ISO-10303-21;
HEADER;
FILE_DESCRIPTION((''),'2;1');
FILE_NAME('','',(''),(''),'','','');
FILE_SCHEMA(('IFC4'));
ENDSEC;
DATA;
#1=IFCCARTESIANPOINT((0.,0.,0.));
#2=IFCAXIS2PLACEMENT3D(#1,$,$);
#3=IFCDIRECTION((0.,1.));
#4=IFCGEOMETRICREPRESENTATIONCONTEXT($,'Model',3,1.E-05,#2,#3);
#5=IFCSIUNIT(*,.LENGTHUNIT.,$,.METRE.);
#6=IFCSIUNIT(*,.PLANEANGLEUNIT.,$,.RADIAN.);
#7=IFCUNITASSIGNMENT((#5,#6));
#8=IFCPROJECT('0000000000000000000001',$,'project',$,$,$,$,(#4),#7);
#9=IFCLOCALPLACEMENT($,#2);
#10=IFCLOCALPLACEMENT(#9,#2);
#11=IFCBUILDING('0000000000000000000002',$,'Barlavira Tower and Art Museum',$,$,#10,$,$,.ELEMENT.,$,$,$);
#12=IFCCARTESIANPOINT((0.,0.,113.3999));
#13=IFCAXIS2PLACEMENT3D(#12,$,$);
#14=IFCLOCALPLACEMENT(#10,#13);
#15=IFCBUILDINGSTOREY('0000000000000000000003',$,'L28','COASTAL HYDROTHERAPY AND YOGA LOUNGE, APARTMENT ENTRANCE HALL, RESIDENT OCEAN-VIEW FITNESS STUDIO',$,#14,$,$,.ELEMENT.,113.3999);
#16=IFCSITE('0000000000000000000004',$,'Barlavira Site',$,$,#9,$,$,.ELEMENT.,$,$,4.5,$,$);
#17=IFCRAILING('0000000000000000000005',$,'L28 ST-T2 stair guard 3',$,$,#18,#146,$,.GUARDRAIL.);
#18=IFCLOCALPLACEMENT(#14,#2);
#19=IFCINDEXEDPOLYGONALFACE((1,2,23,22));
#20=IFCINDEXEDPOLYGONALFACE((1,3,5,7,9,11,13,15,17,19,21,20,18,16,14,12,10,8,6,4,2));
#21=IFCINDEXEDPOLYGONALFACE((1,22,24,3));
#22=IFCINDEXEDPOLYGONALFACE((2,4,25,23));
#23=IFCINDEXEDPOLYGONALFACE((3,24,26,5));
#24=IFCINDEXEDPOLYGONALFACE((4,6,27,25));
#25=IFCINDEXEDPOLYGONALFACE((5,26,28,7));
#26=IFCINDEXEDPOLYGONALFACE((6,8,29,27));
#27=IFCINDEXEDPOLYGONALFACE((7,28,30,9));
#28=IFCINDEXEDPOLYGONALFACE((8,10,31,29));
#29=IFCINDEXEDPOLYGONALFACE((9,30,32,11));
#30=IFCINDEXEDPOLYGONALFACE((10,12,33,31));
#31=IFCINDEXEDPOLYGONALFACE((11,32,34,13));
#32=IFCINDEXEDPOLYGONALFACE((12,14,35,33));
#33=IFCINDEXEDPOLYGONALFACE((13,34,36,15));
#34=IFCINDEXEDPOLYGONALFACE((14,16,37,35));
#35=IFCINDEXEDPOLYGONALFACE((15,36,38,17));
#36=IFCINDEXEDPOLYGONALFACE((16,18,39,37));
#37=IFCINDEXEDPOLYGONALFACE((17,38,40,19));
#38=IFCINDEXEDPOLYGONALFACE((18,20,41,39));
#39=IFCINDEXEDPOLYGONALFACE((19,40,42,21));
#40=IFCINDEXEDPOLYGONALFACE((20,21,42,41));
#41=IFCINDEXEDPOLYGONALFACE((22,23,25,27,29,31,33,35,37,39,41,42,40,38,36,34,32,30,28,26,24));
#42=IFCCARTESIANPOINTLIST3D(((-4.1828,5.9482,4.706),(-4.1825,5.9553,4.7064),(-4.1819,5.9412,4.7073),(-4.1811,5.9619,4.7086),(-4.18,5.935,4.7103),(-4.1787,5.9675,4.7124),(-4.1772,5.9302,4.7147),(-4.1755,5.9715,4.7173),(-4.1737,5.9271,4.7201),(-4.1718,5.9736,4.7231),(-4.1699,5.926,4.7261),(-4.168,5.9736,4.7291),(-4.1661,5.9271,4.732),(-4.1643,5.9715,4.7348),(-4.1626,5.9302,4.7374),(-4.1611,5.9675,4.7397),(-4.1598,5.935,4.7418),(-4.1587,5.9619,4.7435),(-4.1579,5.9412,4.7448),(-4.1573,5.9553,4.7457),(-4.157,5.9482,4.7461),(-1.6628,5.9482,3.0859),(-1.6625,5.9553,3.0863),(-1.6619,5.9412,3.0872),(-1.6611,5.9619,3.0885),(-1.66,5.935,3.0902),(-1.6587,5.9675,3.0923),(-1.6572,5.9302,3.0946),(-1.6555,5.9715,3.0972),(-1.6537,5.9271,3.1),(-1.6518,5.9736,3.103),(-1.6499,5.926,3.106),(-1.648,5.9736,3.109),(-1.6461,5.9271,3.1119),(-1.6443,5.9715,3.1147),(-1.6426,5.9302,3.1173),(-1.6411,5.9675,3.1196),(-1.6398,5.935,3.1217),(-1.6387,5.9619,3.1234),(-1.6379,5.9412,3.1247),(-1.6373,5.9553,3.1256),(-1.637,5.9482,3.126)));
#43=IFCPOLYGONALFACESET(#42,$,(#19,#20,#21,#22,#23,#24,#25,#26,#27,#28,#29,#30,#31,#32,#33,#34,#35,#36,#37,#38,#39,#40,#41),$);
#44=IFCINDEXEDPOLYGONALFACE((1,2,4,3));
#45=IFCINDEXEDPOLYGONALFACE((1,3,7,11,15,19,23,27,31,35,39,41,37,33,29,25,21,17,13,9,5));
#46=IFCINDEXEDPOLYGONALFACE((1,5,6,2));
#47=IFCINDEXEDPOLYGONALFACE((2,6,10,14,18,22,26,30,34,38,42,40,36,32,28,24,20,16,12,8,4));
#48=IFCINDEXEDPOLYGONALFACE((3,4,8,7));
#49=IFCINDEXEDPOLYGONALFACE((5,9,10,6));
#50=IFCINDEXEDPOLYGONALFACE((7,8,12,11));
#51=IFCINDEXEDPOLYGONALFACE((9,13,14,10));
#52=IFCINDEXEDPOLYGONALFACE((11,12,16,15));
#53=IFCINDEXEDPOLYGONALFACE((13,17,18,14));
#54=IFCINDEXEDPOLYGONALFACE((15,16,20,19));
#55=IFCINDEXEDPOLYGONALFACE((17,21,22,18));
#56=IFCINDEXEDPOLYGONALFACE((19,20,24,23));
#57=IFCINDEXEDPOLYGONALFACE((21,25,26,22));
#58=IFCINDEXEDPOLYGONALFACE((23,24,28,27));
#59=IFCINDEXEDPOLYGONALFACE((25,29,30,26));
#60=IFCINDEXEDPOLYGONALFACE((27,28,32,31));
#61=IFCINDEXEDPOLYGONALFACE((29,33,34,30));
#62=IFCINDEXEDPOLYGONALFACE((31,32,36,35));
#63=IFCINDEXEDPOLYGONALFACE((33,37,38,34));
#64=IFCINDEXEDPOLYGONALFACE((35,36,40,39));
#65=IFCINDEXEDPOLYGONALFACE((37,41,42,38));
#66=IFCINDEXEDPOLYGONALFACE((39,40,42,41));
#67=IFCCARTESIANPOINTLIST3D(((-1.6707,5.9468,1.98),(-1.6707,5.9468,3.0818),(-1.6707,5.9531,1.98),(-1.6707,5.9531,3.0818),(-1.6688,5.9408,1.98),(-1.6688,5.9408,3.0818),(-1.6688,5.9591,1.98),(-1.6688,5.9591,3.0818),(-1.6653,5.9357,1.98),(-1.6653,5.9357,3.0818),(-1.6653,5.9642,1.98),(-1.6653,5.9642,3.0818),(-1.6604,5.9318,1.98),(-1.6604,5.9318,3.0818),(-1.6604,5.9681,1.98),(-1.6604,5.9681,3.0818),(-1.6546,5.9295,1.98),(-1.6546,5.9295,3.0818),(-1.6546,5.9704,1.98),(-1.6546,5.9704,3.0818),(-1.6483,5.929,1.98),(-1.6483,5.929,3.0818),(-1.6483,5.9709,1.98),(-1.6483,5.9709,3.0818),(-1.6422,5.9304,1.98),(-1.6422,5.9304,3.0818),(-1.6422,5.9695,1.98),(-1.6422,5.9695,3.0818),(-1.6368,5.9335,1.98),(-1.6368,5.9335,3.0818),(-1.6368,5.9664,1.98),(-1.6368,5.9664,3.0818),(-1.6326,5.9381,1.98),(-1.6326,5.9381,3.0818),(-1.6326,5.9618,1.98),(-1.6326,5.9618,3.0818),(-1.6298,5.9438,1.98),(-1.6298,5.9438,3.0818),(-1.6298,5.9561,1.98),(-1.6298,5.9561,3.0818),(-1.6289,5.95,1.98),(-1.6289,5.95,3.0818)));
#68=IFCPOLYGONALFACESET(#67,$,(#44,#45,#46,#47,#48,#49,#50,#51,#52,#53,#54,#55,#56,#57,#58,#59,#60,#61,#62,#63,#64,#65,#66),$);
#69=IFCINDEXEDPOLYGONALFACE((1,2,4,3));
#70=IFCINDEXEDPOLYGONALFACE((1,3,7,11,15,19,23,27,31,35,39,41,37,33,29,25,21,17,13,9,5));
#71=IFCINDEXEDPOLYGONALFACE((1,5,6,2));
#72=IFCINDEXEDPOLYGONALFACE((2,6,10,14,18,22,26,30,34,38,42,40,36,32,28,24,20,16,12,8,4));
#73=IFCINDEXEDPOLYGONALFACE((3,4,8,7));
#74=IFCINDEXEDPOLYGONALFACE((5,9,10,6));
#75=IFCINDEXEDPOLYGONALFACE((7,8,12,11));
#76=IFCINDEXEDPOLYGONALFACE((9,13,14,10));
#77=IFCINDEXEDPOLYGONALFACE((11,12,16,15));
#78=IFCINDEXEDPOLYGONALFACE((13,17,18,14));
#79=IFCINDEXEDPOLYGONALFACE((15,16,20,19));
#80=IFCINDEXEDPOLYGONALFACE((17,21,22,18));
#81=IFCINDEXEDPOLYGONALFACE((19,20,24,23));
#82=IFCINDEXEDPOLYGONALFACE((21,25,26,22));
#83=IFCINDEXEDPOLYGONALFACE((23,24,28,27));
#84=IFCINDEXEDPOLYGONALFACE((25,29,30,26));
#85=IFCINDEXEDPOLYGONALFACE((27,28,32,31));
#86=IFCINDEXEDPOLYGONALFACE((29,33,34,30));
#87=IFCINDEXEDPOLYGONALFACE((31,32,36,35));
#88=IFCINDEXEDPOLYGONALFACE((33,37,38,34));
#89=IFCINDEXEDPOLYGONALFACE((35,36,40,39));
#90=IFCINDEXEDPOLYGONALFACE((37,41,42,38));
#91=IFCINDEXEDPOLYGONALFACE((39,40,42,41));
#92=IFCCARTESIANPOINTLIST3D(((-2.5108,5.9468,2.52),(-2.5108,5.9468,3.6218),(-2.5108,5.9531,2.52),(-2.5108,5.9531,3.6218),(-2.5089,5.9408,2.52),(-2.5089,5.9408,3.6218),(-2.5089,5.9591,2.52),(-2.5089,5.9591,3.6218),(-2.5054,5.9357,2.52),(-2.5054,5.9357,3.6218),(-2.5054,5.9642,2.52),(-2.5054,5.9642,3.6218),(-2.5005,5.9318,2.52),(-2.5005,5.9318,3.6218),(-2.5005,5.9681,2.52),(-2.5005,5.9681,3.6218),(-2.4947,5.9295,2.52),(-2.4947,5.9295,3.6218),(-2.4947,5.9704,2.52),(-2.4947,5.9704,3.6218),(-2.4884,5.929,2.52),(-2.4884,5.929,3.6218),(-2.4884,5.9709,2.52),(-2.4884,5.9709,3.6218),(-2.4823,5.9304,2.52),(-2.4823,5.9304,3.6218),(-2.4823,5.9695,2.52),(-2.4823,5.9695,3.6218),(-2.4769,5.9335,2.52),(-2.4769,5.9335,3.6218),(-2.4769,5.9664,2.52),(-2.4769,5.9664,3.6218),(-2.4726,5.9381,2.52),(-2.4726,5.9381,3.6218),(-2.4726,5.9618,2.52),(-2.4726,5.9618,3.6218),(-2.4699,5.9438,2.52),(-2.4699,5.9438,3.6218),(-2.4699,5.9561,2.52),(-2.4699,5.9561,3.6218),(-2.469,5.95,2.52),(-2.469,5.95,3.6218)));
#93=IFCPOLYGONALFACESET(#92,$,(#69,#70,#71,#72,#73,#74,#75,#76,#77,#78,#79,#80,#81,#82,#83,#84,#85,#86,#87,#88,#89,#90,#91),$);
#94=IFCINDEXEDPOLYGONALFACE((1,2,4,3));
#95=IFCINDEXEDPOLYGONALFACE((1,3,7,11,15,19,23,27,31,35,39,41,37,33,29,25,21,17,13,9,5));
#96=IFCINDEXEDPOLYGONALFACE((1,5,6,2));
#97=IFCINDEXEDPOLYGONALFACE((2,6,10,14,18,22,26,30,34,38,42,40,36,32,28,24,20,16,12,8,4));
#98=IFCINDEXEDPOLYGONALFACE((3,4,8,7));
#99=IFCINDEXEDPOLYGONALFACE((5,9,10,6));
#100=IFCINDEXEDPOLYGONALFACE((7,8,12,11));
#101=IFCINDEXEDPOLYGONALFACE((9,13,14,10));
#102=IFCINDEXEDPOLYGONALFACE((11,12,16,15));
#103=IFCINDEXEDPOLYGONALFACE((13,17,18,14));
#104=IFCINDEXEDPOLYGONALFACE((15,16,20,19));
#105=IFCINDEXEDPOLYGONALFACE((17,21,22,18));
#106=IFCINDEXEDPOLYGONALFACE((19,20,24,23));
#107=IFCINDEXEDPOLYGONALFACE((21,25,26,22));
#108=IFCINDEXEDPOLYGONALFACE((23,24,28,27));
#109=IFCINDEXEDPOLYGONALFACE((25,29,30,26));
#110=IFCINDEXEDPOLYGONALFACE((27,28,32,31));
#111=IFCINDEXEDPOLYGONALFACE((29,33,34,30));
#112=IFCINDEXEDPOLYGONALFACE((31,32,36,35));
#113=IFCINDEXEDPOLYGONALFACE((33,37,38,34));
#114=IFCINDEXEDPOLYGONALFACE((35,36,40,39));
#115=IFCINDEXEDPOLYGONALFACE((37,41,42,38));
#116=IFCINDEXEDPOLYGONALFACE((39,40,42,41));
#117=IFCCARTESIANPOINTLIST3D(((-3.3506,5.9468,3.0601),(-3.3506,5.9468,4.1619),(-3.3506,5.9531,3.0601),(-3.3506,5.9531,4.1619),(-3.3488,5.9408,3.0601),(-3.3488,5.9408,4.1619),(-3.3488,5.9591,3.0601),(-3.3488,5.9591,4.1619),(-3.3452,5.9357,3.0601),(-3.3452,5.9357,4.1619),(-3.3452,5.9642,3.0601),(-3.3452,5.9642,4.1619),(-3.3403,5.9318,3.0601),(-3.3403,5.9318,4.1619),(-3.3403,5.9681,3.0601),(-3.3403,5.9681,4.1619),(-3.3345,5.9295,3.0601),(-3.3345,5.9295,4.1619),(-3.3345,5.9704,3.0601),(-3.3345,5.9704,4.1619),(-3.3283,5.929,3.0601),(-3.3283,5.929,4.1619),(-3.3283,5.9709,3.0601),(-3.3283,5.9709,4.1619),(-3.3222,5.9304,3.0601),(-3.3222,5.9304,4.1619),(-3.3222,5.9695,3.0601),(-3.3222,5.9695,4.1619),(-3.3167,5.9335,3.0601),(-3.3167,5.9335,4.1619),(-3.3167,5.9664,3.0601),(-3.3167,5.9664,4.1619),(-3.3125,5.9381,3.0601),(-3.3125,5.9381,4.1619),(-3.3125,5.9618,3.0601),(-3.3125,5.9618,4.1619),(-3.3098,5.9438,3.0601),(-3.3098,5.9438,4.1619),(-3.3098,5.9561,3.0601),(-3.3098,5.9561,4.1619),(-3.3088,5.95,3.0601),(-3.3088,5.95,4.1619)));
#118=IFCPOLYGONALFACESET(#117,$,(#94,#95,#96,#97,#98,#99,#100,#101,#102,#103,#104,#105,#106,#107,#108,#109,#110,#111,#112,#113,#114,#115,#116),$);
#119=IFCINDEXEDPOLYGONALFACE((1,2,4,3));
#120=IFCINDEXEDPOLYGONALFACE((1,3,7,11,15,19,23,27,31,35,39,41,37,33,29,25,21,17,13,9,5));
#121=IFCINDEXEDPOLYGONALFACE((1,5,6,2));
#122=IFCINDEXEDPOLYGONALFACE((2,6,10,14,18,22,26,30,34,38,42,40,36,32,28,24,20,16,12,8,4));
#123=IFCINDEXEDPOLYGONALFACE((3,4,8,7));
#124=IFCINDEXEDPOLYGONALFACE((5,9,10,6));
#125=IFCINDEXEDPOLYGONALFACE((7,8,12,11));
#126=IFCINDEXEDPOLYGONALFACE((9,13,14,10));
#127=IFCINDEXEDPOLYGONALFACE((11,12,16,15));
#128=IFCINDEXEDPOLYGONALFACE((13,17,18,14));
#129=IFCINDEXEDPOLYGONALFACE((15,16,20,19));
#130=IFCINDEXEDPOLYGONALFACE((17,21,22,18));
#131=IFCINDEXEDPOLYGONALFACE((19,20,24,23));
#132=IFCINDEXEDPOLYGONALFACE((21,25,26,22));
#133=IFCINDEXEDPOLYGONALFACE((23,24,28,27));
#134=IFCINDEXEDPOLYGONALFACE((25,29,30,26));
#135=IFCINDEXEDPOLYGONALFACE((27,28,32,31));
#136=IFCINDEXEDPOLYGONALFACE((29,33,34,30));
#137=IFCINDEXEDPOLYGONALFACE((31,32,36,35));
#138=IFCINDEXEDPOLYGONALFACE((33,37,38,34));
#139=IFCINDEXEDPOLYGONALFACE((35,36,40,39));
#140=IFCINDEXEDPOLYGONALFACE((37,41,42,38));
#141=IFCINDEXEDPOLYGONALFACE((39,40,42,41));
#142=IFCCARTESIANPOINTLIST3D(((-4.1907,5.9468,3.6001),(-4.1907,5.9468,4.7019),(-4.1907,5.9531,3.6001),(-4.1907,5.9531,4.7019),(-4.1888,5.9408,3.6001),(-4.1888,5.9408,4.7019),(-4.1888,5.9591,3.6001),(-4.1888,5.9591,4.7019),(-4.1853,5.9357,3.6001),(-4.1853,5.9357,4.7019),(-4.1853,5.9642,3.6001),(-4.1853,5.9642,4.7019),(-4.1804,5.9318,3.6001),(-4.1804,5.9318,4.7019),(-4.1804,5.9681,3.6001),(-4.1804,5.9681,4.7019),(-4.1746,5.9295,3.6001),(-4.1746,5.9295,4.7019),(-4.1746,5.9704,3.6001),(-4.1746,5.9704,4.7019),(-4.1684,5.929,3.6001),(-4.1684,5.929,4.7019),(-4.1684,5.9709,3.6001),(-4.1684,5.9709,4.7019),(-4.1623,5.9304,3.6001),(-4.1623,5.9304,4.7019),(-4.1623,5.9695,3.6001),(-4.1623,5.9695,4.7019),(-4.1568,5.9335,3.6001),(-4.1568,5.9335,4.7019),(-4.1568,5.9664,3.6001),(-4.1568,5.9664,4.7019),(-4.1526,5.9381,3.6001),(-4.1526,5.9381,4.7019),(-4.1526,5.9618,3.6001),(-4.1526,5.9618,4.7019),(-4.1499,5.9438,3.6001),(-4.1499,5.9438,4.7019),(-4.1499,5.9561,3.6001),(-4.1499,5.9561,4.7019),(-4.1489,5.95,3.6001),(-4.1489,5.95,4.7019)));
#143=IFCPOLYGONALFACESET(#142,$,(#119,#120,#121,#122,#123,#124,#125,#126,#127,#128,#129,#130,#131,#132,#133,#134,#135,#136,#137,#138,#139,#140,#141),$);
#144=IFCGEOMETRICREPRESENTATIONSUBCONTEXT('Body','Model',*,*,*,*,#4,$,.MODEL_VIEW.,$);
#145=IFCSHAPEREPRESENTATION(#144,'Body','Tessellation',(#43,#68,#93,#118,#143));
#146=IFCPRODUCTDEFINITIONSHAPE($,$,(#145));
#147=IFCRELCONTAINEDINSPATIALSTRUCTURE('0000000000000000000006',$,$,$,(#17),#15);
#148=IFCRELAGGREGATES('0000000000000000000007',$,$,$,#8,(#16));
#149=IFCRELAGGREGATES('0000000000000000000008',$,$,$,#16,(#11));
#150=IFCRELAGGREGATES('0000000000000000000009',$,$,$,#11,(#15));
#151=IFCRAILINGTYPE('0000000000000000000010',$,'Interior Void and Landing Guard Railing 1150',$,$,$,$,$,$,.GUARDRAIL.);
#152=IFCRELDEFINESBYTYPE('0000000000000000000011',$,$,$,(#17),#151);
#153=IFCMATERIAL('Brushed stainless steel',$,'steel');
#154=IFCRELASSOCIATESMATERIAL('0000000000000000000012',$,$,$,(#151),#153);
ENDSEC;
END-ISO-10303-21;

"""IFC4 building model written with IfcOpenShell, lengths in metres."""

from ifc_helpers import new_model, si_unit, direction, frame, origin, origin_2d, place, context, subcontext, project, spatial, circle, extrude, material, type_object, element, save


model = new_model("IFC4")

# Units and contexts
model_context = context("Model", 3, precision=1e-05, world=origin(), true_north=direction((0.0, 1.0)))
body_context = subcontext(model_context, "Body", "Model", "MODEL_VIEW")
ifc_project = project(units=[si_unit("LENGTHUNIT", "METRE"), si_unit("PLANEANGLEUNIT", "RADIAN")], contexts=[model_context])

# Site, building, storey
site_placement = place(None, origin())
site = spatial("IfcSite", under=ifc_project, at=site_placement, Name="Barlavira Site", CompositionType="ELEMENT", RefElevation=4.5)
building_placement = place(site_placement, origin())
building = spatial("IfcBuilding", under=site, at=building_placement, Name="Barlavira Tower and Art Museum", CompositionType="ELEMENT")
storey_placement = place(building_placement, frame((0.0, 0.0, 113.3999)))
storey = spatial("IfcBuildingStorey", under=building, at=storey_placement, Name="L28", Description="COASTAL HYDROTHERAPY AND YOGA LOUNGE, APARTMENT ENTRANCE HALL, RESIDENT OCEAN-VIEW FITNESS STUDIO", CompositionType="ELEMENT", Elevation=113.3999)

# Shared definitions
ifc_material_1 = material(Name="Brushed stainless steel", Category="steel")

# Railing
railing_type_1 = type_object("IfcRailingType", Name="Interior Void and Landing Guard Railing 1150", PredefinedType="GUARDRAIL", material=ifc_material_1)
railing_1_placement = place(storey_placement, frame((-1.6499, 5.95, 1.98)))
element("IfcRailing", 1, at=railing_1_placement, inside=storey, type_object=railing_type_1, Name="L28 ST-T2 stair guard 3", PredefinedType="GUARDRAIL", context=body_context, shape_type="SweptSolid", body=[
    extrude(circle(Radius=0.0239, at=origin_2d()), frame((0.0, 0.0, 1.126), z_axis=(-0.841163, 0.0, 0.540782), x_axis=(0.0, -1.0, 0.0)), (0.0, 0.0, 1.0), 2.9958),
    extrude(circle(Radius=0.021, at=origin_2d()), origin(), (0.0, 0.0, 1.0), 1.1018),
    extrude(circle(Radius=0.021, at=origin_2d()), frame((-0.8401, 0.0, 0.54)), (0.0, 0.0, 1.0), 1.1018),
    extrude(circle(Radius=0.021, at=origin_2d()), frame((-1.6799, 0.0, 1.0801)), (0.0, 0.0, 1.0), 1.1018),
    extrude(circle(Radius=0.021, at=origin_2d()), frame((-2.52, 0.0, 1.6201)), (0.0, 0.0, 1.0), 1.1018),
])

save(model, "model.ifc")
